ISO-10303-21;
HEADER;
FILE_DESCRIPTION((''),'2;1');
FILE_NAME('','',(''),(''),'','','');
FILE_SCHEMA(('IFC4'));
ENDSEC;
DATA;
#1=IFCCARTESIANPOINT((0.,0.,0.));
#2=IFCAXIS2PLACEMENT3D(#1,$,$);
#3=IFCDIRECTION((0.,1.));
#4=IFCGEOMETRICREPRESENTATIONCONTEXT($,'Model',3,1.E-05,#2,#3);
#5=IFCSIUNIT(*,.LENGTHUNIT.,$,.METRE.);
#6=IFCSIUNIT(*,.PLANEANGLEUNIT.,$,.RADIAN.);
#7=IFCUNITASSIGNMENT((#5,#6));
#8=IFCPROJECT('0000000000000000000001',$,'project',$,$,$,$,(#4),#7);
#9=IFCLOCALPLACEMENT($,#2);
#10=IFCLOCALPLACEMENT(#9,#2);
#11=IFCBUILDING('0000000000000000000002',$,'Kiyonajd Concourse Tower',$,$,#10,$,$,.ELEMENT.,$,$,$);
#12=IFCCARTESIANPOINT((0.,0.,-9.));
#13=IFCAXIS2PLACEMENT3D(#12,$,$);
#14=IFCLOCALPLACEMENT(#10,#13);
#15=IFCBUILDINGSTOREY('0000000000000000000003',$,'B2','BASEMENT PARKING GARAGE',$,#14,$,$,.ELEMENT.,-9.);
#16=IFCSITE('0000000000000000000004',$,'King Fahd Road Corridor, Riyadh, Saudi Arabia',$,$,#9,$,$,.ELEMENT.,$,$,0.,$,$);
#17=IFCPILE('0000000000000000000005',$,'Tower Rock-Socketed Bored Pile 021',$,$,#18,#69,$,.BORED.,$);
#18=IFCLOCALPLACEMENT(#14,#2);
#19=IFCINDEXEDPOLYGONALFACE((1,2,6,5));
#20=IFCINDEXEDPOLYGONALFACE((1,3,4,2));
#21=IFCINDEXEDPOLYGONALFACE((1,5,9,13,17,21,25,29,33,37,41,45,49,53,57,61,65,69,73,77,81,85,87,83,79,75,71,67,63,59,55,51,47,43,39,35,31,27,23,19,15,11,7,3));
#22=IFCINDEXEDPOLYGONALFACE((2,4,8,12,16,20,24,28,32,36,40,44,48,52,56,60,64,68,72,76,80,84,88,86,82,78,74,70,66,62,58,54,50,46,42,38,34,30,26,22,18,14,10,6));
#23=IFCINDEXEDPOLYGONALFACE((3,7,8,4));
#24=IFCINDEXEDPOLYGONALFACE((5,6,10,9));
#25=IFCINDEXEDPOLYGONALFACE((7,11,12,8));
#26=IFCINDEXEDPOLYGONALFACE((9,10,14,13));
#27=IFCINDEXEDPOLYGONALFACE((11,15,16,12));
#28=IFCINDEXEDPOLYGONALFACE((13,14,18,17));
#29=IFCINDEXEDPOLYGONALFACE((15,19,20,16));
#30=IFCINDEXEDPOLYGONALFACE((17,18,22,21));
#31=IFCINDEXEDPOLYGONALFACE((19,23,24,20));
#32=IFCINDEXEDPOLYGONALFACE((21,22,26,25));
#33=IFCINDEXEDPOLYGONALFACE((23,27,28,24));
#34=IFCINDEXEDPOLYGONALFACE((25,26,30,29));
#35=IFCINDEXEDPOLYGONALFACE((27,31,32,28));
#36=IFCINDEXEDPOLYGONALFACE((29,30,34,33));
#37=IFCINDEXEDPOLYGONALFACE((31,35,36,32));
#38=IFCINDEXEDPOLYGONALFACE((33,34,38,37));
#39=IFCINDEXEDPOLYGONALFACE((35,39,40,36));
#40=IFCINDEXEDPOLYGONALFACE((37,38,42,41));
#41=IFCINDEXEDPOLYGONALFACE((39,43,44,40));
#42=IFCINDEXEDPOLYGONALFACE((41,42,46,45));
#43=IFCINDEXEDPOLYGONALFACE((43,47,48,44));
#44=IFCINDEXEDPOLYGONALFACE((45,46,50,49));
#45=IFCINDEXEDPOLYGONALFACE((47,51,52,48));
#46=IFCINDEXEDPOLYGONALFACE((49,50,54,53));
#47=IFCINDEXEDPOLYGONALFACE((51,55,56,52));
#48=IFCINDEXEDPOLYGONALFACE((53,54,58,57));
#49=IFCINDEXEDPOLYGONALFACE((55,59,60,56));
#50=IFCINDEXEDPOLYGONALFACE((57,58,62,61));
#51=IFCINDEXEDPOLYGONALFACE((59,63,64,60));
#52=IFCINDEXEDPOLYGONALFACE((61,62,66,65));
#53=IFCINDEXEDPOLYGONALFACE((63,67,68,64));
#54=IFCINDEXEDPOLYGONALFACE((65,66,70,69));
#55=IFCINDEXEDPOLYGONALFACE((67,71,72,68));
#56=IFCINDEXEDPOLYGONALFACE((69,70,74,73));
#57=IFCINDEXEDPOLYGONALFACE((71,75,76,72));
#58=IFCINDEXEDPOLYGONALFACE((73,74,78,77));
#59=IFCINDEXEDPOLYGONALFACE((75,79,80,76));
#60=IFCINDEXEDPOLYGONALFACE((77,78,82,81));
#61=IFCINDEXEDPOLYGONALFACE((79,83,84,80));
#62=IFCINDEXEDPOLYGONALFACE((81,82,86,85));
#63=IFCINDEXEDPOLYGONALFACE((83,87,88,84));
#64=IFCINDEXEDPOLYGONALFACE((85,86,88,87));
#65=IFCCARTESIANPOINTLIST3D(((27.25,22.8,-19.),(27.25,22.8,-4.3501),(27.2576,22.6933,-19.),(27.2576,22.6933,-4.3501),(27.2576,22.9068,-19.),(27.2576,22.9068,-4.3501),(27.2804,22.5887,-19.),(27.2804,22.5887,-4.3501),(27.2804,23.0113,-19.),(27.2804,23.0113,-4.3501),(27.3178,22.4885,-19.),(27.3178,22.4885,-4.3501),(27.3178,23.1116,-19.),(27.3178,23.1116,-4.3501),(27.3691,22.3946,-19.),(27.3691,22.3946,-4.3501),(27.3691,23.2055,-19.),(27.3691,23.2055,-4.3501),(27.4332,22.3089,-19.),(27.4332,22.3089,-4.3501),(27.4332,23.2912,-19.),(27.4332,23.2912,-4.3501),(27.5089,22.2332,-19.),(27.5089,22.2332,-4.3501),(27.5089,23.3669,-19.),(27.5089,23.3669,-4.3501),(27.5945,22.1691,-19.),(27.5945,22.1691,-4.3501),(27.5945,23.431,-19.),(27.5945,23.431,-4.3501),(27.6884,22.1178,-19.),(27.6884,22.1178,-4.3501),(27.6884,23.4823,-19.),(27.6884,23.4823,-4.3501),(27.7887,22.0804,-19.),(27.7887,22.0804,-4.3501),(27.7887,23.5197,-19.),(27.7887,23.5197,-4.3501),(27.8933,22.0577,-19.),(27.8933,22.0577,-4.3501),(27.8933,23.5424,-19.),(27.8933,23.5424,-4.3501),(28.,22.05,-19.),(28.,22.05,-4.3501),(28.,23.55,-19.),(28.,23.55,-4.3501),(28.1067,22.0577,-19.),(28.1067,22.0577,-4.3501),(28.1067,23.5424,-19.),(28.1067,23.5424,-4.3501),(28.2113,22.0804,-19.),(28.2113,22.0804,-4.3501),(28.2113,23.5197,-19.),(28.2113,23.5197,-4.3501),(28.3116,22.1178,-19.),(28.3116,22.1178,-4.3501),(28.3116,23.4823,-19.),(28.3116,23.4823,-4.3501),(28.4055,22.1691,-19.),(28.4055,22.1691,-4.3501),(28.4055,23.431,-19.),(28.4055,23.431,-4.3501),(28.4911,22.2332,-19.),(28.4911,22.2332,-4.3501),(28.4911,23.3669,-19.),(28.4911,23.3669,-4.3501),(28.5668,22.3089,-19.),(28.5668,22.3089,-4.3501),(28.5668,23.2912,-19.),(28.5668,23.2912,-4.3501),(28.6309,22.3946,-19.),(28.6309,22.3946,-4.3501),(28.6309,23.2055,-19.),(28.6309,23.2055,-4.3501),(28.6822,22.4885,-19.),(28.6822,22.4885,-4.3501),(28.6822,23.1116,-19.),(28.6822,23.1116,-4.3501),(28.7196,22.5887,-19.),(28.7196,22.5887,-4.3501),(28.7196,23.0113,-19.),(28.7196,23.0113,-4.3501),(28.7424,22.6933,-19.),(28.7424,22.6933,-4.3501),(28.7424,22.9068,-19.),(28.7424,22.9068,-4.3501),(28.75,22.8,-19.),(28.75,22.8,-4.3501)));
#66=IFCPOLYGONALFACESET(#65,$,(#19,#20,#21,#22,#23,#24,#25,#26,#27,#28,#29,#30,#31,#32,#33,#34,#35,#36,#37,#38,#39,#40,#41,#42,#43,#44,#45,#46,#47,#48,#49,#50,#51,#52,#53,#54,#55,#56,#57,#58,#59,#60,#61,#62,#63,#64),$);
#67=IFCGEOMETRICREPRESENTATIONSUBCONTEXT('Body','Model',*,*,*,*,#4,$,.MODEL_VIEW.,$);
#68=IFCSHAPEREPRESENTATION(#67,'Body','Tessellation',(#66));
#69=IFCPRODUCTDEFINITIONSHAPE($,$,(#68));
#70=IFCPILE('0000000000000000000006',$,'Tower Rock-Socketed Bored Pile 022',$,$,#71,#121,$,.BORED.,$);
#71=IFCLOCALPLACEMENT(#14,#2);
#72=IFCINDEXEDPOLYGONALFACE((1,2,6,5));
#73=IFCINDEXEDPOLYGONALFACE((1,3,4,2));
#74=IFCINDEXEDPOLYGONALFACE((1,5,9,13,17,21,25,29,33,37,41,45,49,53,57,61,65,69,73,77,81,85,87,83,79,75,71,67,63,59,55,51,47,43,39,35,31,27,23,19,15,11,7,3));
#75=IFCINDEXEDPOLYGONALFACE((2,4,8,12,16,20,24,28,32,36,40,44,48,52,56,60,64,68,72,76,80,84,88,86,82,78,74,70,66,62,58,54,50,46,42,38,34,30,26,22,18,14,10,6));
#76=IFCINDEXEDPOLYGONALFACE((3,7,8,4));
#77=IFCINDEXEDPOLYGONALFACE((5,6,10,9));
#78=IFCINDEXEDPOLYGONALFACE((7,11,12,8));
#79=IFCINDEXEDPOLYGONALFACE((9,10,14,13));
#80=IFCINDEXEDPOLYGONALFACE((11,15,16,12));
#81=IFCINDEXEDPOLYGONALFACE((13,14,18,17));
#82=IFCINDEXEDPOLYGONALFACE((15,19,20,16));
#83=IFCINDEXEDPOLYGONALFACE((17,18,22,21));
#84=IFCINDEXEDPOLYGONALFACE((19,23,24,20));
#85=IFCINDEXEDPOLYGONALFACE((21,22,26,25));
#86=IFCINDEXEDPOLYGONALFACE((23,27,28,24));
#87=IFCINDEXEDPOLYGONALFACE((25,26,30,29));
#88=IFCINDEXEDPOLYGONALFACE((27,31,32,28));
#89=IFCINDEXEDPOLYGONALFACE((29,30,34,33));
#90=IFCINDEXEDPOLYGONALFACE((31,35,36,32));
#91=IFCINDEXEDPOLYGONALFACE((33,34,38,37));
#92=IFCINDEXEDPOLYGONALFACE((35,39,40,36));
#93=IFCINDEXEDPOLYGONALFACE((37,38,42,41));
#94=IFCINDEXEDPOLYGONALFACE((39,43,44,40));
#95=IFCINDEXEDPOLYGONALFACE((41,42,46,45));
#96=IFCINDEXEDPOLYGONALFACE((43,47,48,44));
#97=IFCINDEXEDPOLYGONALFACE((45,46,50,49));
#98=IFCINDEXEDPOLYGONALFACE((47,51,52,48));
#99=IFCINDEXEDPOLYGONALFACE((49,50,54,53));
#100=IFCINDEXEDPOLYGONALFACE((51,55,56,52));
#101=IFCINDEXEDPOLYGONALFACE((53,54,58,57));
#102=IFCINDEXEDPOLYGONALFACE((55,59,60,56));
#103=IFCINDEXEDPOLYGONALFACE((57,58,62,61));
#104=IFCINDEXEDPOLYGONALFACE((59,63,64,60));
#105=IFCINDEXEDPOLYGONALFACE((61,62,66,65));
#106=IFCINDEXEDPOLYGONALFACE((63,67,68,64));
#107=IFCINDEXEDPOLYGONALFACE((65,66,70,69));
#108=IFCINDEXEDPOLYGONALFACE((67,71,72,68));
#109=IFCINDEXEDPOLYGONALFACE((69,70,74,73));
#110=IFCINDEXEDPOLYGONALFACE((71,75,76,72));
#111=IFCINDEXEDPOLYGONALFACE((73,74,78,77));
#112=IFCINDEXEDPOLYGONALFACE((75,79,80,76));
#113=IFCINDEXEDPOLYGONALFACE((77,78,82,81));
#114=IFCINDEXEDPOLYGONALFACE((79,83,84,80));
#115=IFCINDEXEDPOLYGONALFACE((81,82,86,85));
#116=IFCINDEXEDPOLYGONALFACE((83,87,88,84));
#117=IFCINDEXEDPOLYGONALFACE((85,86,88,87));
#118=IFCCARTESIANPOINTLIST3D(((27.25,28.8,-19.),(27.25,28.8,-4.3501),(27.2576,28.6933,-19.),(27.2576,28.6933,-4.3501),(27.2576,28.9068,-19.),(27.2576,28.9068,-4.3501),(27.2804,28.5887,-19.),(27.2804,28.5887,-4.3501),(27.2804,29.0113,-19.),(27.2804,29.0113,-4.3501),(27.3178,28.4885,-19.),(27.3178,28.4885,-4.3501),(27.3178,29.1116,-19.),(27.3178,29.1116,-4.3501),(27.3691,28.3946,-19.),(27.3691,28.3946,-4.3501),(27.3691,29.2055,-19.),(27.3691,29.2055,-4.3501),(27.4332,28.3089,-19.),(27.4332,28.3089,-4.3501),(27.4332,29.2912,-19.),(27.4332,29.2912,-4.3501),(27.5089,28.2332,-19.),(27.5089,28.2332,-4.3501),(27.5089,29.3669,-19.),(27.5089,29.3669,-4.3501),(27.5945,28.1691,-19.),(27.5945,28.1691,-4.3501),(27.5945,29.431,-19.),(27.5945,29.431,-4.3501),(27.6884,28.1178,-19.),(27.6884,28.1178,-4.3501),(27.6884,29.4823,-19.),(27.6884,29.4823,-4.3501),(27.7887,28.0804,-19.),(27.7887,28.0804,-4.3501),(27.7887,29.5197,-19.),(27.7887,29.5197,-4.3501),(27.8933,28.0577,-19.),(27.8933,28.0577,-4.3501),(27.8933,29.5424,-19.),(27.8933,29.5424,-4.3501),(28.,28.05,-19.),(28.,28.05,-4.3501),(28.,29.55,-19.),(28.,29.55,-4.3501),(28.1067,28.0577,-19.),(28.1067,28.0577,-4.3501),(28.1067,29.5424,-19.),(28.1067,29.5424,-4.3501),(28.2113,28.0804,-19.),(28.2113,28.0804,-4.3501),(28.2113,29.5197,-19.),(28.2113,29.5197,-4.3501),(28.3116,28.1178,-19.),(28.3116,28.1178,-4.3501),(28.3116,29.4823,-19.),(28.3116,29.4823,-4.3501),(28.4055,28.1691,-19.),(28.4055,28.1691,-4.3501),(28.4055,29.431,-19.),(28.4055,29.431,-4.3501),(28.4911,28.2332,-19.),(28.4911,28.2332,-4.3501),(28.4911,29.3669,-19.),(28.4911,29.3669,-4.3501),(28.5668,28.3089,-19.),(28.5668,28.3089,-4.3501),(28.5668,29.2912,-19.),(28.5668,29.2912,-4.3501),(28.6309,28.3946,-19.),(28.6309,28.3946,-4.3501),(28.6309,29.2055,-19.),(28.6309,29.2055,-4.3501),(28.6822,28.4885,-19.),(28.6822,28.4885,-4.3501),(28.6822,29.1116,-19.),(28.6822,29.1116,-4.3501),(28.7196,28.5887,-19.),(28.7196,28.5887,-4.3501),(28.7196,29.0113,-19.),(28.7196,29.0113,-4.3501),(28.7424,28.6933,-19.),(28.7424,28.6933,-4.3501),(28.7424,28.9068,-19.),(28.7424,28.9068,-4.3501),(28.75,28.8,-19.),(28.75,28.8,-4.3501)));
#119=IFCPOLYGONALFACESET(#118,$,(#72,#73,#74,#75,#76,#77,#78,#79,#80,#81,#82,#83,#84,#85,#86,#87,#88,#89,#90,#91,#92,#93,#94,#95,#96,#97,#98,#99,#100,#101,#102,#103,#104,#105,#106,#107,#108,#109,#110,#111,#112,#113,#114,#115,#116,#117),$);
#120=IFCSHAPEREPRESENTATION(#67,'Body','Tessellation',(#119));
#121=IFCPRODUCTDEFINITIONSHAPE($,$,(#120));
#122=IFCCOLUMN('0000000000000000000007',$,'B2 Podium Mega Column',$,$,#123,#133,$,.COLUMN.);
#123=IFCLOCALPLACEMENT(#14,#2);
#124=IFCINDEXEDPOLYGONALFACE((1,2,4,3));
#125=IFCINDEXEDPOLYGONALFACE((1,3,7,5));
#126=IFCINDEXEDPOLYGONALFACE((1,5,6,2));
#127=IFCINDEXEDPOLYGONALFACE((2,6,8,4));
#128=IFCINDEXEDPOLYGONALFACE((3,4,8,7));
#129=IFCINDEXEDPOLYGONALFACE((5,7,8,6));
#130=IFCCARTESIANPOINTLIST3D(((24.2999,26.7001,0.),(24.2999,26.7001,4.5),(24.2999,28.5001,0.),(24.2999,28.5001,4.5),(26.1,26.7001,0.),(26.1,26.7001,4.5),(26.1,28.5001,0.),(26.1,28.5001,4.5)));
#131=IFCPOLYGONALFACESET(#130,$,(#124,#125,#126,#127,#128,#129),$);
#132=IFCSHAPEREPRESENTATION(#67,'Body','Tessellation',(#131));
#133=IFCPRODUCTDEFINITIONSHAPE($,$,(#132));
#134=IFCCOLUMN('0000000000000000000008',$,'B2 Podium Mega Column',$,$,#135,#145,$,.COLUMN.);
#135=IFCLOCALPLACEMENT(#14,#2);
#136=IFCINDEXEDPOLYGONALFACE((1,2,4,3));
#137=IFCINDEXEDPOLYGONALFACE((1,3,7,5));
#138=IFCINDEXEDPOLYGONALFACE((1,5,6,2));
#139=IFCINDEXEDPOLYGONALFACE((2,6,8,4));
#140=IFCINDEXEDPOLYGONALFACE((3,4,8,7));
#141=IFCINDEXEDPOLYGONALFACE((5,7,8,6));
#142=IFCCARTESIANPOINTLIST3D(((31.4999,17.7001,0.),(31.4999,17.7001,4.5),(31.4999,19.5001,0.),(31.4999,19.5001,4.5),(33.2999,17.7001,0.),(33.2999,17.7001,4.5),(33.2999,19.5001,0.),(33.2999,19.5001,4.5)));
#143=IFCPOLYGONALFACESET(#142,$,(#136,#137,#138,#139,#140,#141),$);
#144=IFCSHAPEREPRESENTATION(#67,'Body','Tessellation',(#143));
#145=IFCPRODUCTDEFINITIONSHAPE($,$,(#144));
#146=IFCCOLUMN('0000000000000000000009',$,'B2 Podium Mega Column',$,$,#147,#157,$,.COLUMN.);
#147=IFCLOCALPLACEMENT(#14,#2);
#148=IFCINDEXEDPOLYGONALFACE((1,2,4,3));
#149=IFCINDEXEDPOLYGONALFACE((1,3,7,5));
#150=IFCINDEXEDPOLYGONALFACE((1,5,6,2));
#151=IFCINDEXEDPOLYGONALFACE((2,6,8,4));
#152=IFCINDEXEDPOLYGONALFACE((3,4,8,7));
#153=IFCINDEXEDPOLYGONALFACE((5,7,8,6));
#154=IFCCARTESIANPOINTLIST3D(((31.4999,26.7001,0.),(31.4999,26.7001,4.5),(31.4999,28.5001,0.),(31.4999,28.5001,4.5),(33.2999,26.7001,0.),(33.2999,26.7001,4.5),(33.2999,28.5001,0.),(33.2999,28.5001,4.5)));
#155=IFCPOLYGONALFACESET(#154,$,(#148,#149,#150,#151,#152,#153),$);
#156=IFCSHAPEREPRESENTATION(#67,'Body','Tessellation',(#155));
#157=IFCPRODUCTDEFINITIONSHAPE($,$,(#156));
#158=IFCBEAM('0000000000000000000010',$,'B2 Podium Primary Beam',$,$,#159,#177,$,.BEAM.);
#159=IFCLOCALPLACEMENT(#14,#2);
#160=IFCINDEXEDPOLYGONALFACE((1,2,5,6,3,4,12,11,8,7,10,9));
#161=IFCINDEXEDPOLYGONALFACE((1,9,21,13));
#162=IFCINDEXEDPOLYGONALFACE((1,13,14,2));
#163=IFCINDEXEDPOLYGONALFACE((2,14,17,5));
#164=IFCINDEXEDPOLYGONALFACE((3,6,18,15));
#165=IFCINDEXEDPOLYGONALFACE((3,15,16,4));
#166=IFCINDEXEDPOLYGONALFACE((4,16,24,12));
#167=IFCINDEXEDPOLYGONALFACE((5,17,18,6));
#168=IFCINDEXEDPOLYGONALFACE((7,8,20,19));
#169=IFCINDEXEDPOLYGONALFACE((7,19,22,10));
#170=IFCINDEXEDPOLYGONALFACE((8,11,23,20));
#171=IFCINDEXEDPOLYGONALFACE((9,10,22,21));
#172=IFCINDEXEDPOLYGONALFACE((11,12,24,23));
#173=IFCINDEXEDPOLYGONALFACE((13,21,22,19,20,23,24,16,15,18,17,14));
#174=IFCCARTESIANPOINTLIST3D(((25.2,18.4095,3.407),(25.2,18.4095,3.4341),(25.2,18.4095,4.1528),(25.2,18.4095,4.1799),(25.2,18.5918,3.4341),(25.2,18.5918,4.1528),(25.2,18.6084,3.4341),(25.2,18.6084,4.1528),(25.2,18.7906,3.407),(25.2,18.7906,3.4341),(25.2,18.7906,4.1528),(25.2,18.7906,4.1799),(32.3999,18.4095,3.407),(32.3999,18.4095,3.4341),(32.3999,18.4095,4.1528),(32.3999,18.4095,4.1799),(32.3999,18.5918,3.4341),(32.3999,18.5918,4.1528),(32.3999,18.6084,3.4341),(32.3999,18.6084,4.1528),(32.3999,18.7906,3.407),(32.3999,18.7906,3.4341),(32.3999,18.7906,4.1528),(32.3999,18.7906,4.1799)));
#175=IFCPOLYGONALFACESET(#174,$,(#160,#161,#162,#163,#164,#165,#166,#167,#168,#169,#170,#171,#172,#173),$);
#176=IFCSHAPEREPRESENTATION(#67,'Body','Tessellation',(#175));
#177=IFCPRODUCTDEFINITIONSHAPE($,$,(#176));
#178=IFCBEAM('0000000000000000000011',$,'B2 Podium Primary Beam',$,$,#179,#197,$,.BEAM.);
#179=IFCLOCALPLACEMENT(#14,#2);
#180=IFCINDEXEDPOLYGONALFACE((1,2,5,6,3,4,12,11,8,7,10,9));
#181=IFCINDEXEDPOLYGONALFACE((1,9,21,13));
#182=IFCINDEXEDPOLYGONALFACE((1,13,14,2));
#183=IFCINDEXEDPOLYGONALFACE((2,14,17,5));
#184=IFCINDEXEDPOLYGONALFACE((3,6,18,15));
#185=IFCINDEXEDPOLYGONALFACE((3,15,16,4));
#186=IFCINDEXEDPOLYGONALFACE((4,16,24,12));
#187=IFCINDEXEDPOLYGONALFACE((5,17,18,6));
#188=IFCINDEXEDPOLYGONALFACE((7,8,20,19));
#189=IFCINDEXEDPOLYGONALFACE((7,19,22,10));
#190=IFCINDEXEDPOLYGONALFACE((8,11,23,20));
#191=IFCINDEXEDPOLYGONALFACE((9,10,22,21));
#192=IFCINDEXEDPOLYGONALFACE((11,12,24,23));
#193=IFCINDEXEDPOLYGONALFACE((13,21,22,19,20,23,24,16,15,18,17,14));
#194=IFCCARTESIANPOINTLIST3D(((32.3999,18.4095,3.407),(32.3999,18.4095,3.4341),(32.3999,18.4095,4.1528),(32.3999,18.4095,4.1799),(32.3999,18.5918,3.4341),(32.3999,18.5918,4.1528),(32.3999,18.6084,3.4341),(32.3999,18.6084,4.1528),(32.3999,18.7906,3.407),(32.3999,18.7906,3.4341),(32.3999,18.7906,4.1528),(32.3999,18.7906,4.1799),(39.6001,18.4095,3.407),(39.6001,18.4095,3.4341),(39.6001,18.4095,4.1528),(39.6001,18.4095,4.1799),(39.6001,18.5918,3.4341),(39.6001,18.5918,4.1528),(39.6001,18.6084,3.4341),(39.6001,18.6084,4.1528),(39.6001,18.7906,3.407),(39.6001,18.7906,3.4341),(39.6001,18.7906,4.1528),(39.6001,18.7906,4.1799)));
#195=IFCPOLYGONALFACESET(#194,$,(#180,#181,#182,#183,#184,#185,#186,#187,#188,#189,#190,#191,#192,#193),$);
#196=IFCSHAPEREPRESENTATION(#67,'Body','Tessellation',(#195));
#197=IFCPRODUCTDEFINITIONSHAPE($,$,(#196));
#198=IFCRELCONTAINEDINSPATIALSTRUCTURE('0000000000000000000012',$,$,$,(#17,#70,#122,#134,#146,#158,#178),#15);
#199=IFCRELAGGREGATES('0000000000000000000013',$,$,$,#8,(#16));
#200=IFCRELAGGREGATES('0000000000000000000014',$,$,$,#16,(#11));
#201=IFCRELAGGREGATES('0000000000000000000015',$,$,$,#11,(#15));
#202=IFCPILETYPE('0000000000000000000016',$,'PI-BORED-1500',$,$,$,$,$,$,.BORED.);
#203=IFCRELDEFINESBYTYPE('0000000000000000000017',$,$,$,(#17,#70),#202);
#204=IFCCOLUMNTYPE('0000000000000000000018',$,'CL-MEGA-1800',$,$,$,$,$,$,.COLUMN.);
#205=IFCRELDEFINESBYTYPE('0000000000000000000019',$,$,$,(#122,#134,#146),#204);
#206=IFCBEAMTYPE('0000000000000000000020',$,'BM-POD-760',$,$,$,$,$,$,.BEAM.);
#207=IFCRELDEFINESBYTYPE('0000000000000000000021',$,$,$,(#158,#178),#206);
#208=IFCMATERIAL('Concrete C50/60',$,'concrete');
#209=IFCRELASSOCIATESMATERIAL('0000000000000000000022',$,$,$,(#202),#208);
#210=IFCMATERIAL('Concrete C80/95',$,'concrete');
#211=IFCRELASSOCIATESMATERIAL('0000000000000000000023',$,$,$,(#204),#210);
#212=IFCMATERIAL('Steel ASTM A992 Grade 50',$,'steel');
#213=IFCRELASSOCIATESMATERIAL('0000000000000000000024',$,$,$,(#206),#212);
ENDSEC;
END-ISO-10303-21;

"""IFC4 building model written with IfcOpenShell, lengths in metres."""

from ifc_helpers import new_model, si_unit, direction, frame, origin, origin_2d, place, context, subcontext, project, spatial, rectangle, circle, i_section, extrude, material, material_profile, profile_set, type_object, element, save


model = new_model("IFC4")

# Units and contexts
model_context = context("Model", 3, precision=1e-05, world=origin(), true_north=direction((0.0, 1.0)))
body_context = subcontext(model_context, "Body", "Model", "MODEL_VIEW")
ifc_project = project(units=[si_unit("LENGTHUNIT", "METRE"), si_unit("PLANEANGLEUNIT", "RADIAN")], contexts=[model_context])

# Site, building, storey
site_placement = place(None, origin())
site = spatial("IfcSite", under=ifc_project, at=site_placement, Name="King Fahd Road Corridor, Riyadh, Saudi Arabia", CompositionType="ELEMENT", RefElevation=0.0)
building_placement = place(site_placement, origin())
building = spatial("IfcBuilding", under=site, at=building_placement, Name="Kiyonajd Concourse Tower", CompositionType="ELEMENT")
storey_placement = place(building_placement, frame((0.0, 0.0, -9.0)))
storey = spatial("IfcBuildingStorey", under=building, at=storey_placement, Name="B2", Description="BASEMENT PARKING GARAGE", CompositionType="ELEMENT", Elevation=-9.0)

# Piles
ifc_material_1 = material(Name="Concrete C50/60", Category="concrete")
ifc_material_profile_1 = material_profile(ifc_material_1, circle(Radius=0.75, at=origin_2d()), Name="PILE-D1500")
ifc_profile_set_1 = profile_set([ifc_material_profile_1], Name="Concrete C50/60")
pile_type = type_object("IfcPileType", Name="PI-BORED-1500", PredefinedType="BORED", material=ifc_profile_set_1)
for number, where, z_axis, x_axis, name in (
    (1, (28.0, 22.8, -4.3501), (0.0, 0.0, -1.0), (1.0, 0.0, 0.0), "Tower Rock-Socketed Bored Pile 021"),
    (2, (28.0, 28.8, -4.3501), (0.0, 0.0, -1.0), (1.0, 0.0, 0.0), "Tower Rock-Socketed Bored Pile 022"),
):
    element("IfcPile", number, at=place(storey_placement, frame(where, z_axis=z_axis, x_axis=x_axis)), inside=storey, type_object=pile_type, Name=name, PredefinedType="BORED", context=body_context, shape_type="SweptSolid", body=[
        extrude(circle(Radius=0.75, at=origin_2d()), origin(), (0.0, 0.0, 1.0), 14.6499),
    ])

# Columns
ifc_material_2 = material(Name="Concrete C80/95", Category="concrete")
ifc_material_profile_2 = material_profile(ifc_material_2, rectangle(XDim=1.8, YDim=1.8, at=origin_2d()), Name="RC-1800x1800")
ifc_profile_set_2 = profile_set([ifc_material_profile_2], Name="Concrete C80/95")
column_type = type_object("IfcColumnType", Name="CL-MEGA-1800", PredefinedType="COLUMN", material=ifc_profile_set_2)
for number, where, z_axis, x_axis, name in (
    (3, (25.2, 27.6001, 0.0), (0.0, 0.0, 1.0), (1.0, 0.0, 0.0), "B2 Podium Mega Column"),
    (4, (32.3999, 18.6001, 0.0), (0.0, 0.0, 1.0), (1.0, 0.0, 0.0), "B2 Podium Mega Column"),
    (5, (32.3999, 27.6001, 0.0), (0.0, 0.0, 1.0), (1.0, 0.0, 0.0), "B2 Podium Mega Column"),
):
    element("IfcColumn", number, at=place(storey_placement, frame(where, z_axis=z_axis, x_axis=x_axis)), inside=storey, type_object=column_type, Name=name, PredefinedType="COLUMN", context=body_context, shape_type="SweptSolid", body=[
        extrude(rectangle(XDim=1.8, YDim=1.8, at=origin_2d()), origin(), (0.0, 0.0, 1.0), 4.5),
    ])

# Beams
ifc_material_3 = material(Name="Steel ASTM A992 Grade 50", Category="steel")
ifc_material_profile_3 = material_profile(ifc_material_3, i_section(OverallWidth=0.3811, OverallDepth=0.7729, WebThickness=0.0166, FlangeThickness=0.0271, at=origin_2d()), Name="W760X257")
ifc_profile_set_3 = profile_set([ifc_material_profile_3], Name="Steel ASTM A992 Grade 50")
beam_type_1 = type_object("IfcBeamType", Name="BM-POD-760", PredefinedType="BEAM", material=ifc_profile_set_3)
beam_1_placement = place(storey_placement, frame((25.2, 18.6001, 3.7935), z_axis=(1.0, 0.0, 0.0), x_axis=(0.0, 1.0, 0.0)))
element("IfcBeam", 6, at=beam_1_placement, inside=storey, type_object=beam_type_1, Name="B2 Podium Primary Beam", PredefinedType="BEAM", context=body_context, shape_type="SweptSolid", body=[
    extrude(i_section(OverallWidth=0.3811, OverallDepth=0.7729, WebThickness=0.0166, FlangeThickness=0.0271, at=origin_2d()), origin(), (0.0, 0.0, 1.0), 7.2),
])
beam_2_placement = place(storey_placement, frame((32.3999, 18.6001, 3.7935), z_axis=(1.0, 0.0, 0.0), x_axis=(0.0, 1.0, 0.0)))
element("IfcBeam", 7, at=beam_2_placement, inside=storey, type_object=beam_type_1, Name="B2 Podium Primary Beam", PredefinedType="BEAM", context=body_context, shape_type="SweptSolid", body=[
    extrude(i_section(OverallWidth=0.3811, OverallDepth=0.7729, WebThickness=0.0166, FlangeThickness=0.0271, at=origin_2d()), origin(), (0.0, 0.0, 1.0), 7.2002),
])

save(model, "model.ifc")
